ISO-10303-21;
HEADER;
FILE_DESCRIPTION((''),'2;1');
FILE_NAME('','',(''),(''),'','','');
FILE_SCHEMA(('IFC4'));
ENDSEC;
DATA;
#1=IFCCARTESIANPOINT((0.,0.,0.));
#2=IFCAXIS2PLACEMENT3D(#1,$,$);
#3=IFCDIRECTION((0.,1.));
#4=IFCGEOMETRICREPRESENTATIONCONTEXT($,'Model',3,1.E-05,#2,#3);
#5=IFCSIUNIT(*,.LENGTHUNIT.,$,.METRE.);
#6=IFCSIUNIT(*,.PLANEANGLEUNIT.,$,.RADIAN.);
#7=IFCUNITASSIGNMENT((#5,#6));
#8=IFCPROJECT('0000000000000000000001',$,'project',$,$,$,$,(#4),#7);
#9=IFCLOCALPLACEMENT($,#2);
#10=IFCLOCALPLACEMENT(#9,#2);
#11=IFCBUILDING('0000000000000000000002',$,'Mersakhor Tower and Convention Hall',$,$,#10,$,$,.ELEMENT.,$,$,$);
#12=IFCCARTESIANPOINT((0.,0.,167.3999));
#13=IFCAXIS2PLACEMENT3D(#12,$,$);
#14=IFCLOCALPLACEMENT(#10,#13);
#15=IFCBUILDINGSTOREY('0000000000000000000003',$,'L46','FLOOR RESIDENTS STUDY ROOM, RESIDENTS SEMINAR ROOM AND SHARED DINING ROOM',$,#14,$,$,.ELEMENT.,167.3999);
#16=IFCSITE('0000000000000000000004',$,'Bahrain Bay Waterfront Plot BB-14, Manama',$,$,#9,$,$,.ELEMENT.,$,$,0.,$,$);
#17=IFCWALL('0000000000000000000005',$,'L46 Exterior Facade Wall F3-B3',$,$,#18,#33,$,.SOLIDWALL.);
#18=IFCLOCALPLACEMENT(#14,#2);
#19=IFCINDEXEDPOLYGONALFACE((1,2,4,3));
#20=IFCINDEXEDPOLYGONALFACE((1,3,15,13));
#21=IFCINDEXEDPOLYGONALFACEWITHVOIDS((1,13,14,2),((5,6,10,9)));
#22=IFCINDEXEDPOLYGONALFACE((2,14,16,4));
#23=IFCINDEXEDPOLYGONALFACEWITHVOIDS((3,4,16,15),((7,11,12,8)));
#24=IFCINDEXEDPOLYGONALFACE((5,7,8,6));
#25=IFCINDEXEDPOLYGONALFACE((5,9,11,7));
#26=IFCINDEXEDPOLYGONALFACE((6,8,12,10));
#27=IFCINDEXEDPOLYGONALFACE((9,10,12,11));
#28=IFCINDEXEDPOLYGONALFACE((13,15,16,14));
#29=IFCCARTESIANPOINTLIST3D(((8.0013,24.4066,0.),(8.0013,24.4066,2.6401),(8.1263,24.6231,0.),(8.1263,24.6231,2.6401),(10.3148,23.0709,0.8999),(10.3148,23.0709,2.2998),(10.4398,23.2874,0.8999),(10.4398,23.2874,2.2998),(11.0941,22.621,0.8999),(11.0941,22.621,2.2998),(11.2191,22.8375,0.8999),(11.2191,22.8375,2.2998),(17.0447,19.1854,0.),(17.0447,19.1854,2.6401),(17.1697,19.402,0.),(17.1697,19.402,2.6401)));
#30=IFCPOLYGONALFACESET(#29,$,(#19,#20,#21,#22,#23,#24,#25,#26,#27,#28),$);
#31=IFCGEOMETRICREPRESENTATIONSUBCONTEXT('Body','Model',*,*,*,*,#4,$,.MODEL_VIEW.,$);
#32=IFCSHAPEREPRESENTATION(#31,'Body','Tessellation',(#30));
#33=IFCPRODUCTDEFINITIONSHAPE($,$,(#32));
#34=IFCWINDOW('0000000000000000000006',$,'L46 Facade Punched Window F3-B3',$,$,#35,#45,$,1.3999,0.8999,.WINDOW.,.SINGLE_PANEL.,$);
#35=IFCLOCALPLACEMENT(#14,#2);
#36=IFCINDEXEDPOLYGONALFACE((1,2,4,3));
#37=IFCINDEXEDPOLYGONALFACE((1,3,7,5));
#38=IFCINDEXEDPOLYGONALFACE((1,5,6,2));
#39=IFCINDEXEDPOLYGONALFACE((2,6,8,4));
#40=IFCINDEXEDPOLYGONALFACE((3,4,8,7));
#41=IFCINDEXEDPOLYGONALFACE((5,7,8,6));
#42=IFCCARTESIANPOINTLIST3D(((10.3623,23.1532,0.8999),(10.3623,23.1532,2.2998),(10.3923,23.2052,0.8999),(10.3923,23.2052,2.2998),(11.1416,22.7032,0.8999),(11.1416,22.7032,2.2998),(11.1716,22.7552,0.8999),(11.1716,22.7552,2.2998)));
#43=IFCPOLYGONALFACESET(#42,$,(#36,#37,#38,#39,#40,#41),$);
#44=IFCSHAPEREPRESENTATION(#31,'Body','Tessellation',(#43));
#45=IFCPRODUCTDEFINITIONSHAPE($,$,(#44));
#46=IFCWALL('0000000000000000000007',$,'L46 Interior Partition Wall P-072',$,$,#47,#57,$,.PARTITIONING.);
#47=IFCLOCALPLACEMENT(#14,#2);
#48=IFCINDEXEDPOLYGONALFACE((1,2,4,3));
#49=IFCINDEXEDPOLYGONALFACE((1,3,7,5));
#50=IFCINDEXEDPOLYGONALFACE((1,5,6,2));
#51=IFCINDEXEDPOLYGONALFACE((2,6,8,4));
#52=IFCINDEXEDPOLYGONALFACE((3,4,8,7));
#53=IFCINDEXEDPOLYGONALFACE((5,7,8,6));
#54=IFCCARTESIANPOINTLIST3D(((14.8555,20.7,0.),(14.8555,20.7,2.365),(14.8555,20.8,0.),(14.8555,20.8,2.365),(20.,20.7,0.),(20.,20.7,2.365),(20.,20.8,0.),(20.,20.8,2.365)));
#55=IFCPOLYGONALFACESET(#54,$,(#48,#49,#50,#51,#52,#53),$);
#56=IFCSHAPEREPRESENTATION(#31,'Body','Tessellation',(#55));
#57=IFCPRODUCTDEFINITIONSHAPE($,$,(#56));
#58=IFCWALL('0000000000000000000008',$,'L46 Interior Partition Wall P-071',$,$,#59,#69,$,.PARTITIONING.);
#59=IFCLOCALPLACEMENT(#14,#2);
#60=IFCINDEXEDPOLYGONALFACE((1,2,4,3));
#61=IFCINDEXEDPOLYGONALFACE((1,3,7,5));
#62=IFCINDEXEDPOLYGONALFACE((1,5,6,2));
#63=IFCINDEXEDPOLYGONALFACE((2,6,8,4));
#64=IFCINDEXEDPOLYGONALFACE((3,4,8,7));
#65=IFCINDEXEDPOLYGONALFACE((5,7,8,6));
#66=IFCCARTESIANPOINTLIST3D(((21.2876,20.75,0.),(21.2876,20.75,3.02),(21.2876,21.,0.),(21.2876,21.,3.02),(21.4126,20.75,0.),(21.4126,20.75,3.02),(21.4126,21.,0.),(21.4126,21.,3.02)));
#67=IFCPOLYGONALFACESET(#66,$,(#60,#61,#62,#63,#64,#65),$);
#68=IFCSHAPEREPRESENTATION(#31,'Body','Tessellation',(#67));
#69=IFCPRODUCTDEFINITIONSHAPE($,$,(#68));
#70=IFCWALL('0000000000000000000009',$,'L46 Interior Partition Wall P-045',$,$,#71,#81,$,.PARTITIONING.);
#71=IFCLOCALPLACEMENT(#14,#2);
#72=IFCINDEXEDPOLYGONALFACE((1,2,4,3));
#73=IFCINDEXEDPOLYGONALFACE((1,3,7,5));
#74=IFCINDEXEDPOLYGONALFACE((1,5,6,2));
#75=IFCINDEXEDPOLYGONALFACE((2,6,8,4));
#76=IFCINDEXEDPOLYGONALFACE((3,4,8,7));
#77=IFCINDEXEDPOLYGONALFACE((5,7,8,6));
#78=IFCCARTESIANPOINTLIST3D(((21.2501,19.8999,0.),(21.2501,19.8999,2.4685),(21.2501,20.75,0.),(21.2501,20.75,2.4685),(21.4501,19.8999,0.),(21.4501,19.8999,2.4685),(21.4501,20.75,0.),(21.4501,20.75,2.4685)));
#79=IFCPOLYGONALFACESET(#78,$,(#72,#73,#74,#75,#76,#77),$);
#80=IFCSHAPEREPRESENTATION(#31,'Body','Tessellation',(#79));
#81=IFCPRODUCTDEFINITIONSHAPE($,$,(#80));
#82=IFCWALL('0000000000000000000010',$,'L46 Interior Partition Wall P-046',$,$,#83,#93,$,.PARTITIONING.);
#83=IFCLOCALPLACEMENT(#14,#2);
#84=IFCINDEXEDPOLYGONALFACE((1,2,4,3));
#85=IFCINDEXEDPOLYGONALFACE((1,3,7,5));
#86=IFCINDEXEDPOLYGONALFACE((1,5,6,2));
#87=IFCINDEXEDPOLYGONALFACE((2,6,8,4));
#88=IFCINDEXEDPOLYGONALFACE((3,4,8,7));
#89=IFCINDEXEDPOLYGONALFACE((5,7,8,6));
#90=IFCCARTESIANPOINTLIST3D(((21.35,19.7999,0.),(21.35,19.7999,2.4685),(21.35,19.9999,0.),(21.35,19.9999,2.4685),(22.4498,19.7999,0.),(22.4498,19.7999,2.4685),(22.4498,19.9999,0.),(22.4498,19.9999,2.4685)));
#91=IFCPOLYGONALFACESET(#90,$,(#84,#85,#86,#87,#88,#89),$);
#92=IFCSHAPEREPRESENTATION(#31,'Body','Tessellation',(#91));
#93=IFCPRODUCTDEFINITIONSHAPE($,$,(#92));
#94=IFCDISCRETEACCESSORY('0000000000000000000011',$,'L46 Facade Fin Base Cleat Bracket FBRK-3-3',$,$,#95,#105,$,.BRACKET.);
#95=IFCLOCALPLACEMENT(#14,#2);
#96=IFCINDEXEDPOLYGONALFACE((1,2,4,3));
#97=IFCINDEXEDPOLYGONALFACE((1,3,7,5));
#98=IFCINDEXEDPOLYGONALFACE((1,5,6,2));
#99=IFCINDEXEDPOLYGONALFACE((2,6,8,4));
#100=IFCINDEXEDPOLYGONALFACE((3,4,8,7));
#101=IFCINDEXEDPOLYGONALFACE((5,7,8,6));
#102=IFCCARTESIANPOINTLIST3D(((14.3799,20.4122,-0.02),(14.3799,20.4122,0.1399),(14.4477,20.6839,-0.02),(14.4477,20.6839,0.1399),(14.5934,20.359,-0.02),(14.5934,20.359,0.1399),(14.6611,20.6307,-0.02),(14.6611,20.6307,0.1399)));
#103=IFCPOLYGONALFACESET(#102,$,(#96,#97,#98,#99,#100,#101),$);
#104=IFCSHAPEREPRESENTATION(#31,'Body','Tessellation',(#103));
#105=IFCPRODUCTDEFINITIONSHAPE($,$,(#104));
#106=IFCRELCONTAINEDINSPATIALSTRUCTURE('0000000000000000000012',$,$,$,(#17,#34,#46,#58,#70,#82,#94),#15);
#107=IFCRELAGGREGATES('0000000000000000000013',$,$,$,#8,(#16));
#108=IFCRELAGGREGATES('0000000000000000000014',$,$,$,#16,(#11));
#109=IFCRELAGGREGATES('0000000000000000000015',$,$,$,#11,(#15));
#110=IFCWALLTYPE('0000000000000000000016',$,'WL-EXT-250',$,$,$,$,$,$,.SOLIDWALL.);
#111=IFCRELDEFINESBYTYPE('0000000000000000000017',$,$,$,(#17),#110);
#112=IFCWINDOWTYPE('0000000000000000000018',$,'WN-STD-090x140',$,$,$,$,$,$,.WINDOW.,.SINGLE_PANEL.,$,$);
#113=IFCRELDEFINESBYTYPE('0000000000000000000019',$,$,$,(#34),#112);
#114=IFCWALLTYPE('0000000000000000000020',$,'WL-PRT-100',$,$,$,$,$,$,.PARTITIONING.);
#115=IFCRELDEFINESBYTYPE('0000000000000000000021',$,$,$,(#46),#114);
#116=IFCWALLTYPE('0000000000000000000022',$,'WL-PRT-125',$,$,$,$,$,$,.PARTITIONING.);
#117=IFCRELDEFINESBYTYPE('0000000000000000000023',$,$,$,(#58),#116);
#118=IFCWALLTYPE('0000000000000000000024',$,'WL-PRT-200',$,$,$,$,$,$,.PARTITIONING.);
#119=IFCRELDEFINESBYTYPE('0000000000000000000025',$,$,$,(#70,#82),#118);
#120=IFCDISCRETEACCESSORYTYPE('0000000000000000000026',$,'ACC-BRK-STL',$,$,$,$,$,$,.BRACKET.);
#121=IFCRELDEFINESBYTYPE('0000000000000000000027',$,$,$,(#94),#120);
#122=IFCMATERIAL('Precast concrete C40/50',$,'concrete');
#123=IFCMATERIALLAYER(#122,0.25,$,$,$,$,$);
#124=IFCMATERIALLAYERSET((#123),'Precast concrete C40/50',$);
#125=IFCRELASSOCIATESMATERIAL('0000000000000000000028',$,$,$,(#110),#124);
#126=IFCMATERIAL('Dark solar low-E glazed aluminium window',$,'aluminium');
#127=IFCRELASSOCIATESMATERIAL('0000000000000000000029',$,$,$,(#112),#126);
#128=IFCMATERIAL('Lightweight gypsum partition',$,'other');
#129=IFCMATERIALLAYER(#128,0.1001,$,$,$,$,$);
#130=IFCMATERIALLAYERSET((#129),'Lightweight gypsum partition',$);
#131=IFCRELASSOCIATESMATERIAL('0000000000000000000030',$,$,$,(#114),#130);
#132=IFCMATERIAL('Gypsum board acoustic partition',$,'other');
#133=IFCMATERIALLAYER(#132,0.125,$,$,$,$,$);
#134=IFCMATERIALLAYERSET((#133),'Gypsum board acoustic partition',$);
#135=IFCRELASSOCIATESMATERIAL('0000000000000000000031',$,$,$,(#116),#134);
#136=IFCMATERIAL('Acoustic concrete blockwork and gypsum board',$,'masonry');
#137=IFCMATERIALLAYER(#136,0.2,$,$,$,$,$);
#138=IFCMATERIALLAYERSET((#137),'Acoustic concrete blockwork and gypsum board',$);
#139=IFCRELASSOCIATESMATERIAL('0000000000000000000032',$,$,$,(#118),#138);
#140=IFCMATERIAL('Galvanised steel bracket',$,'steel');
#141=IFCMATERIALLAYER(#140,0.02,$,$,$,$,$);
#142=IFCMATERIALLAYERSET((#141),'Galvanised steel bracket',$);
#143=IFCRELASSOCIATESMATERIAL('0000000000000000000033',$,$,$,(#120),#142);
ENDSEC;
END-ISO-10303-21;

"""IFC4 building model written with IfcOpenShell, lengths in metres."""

from ifc_helpers import new_model, si_unit, direction, frame, frame_2d, origin, origin_2d, place, context, subcontext, project, spatial, rectangle, extrude, material, layer, layer_set, type_object, element, fill, save


model = new_model("IFC4")

# Units and contexts
model_context = context("Model", 3, precision=1e-05, world=origin(), true_north=direction((0.0, 1.0)))
body_context = subcontext(model_context, "Body", "Model", "MODEL_VIEW")
ifc_project = project(units=[si_unit("LENGTHUNIT", "METRE"), si_unit("PLANEANGLEUNIT", "RADIAN")], contexts=[model_context])

# Site, building, storey
site_placement = place(None, origin())
site = spatial("IfcSite", under=ifc_project, at=site_placement, Name="Bahrain Bay Waterfront Plot BB-14, Manama", CompositionType="ELEMENT", RefElevation=0.0)
building_placement = place(site_placement, origin())
building = spatial("IfcBuilding", under=site, at=building_placement, Name="Mersakhor Tower and Convention Hall", CompositionType="ELEMENT")
storey_placement = place(building_placement, frame((0.0, 0.0, 167.3999)))
storey = spatial("IfcBuildingStorey", under=building, at=storey_placement, Name="L46", Description="FLOOR RESIDENTS STUDY ROOM, RESIDENTS SEMINAR ROOM AND SHARED DINING ROOM", CompositionType="ELEMENT", Elevation=167.3999)

# Shared definitions
ifc_material_1 = material(Name="Precast concrete C40/50", Category="concrete")
ifc_layer_1 = layer(ifc_material_1, 0.25)
ifc_layer_set_1 = layer_set([ifc_layer_1], Name="Precast concrete C40/50")
wall_type_1 = type_object("IfcWallType", Name="WL-EXT-250", PredefinedType="SOLIDWALL", material=ifc_layer_set_1)

# Wall, opening, window
wall_1_placement = place(storey_placement, frame((17.1072, 19.2937, 0.0), z_axis=(0.0, 0.0, 1.0), x_axis=(-0.866028, 0.499996, 0.0)))
wall_1 = element("IfcWall", 1, at=wall_1_placement, inside=storey, type_object=wall_type_1, Name="L46 Exterior Facade Wall F3-B3", PredefinedType="SOLIDWALL", context=body_context, shape_type="SweptSolid", body=[
    extrude(rectangle(XDim=10.4424, YDim=0.25, at=frame_2d((5.2212, 0.0))), origin(), (0.0, 0.0, 1.0), 2.6401),
])
opening_1_placement = place(wall_1_placement, frame((6.8711, 0.0, 0.8999)))
opening_1 = element("IfcOpeningElement", 2, at=opening_1_placement, cuts=wall_1, PredefinedType="OPENING", context=body_context, shape_type="SweptSolid", body=[
    extrude(rectangle(XDim=0.8999, YDim=1.3999, at=frame_2d((0.45, 0.7))), frame((0.0, 0.135, 0.0), z_axis=(0.0, -1.0, 0.0), x_axis=(1.0, 0.0, 0.0)), (0.0, 0.0, 1.0), 0.27),
])
ifc_material_2 = material(Name="Dark solar low-E glazed aluminium window", Category="aluminium")
window_type = type_object("IfcWindowType", Name="WN-STD-090x140", PartitioningType="SINGLE_PANEL", PredefinedType="WINDOW", material=ifc_material_2)
window_placement = place(opening_1_placement, origin())
window = element("IfcWindow", 3, at=window_placement, inside=storey, type_object=window_type, Name="L46 Facade Punched Window F3-B3", OverallHeight=1.3999, OverallWidth=0.8999, PartitioningType="SINGLE_PANEL", PredefinedType="WINDOW", context=body_context, shape_type="SweptSolid", body=[
    extrude(rectangle(XDim=0.8999, YDim=1.3999, at=frame_2d((0.45, 0.7))), frame((0.0, 0.03, 0.0), z_axis=(0.0, -1.0, 0.0), x_axis=(1.0, 0.0, 0.0)), (0.0, 0.0, 1.0), 0.0601),
])
fill(opening_1, window)

# Walls
ifc_material_3 = material(Name="Lightweight gypsum partition", Category="other")
ifc_layer_2 = layer(ifc_material_3, 0.1001)
ifc_layer_set_2 = layer_set([ifc_layer_2], Name="Lightweight gypsum partition")
wall_type_2 = type_object("IfcWallType", Name="WL-PRT-100", PredefinedType="PARTITIONING", material=ifc_layer_set_2)
wall_2_placement = place(storey_placement, frame((20.0, 20.75, 0.0), z_axis=(0.0, 0.0, 1.0), x_axis=(-1.0, 0.0, 0.0)))
element("IfcWall", 4, at=wall_2_placement, inside=storey, type_object=wall_type_2, Name="L46 Interior Partition Wall P-072", PredefinedType="PARTITIONING", context=body_context, shape_type="SweptSolid", body=[
    extrude(rectangle(XDim=5.1445, YDim=0.1001, at=frame_2d((2.5723, 0.0))), origin(), (0.0, 0.0, 1.0), 2.365),
])
ifc_material_4 = material(Name="Gypsum board acoustic partition", Category="other")
ifc_layer_3 = layer(ifc_material_4, 0.125)
ifc_layer_set_3 = layer_set([ifc_layer_3], Name="Gypsum board acoustic partition")
wall_type_3 = type_object("IfcWallType", Name="WL-PRT-125", PredefinedType="PARTITIONING", material=ifc_layer_set_3)
wall_3_placement = place(storey_placement, frame((21.3501, 21.0, 0.0), z_axis=(0.0, 0.0, 1.0), x_axis=(0.0, -1.0, 0.0)))
element("IfcWall", 5, at=wall_3_placement, inside=storey, type_object=wall_type_3, Name="L46 Interior Partition Wall P-071", PredefinedType="PARTITIONING", context=body_context, shape_type="SweptSolid", body=[
    extrude(rectangle(XDim=0.25, YDim=0.125, at=frame_2d((0.125, 0.0))), origin(), (0.0, 0.0, 1.0), 3.02),
])

# Shared definitions
ifc_material_5 = material(Name="Acoustic concrete blockwork and gypsum board", Category="masonry")
ifc_layer_4 = layer(ifc_material_5, 0.2)
ifc_layer_set_4 = layer_set([ifc_layer_4], Name="Acoustic concrete blockwork and gypsum board")
wall_type_4 = type_object("IfcWallType", Name="WL-PRT-200", PredefinedType="PARTITIONING", material=ifc_layer_set_4)

# Walls
wall_4_placement = place(storey_placement, frame((21.3501, 20.75, 0.0), z_axis=(0.0, 0.0, 1.0), x_axis=(0.0, -1.0, 0.0)))
element("IfcWall", 6, at=wall_4_placement, inside=storey, type_object=wall_type_4, Name="L46 Interior Partition Wall P-045", PredefinedType="PARTITIONING", context=body_context, shape_type="SweptSolid", body=[
    extrude(rectangle(XDim=0.8501, YDim=0.2, at=frame_2d((0.425, 0.0))), origin(), (0.0, 0.0, 1.0), 2.4685),
])
wall_5_placement = place(storey_placement, frame((21.3501, 19.8999, 0.0), z_axis=(0.0, 0.0, 1.0), x_axis=(1.0, 0.0, 0.0)))
element("IfcWall", 7, at=wall_5_placement, inside=storey, type_object=wall_type_4, Name="L46 Interior Partition Wall P-046", PredefinedType="PARTITIONING", context=body_context, shape_type="SweptSolid", body=[
    extrude(rectangle(XDim=1.0999, YDim=0.2, at=frame_2d((0.5498, 0.0))), origin(), (0.0, 0.0, 1.0), 2.4685),
])

# Discrete accessory
ifc_material_6 = material(Name="Galvanised steel bracket", Category="steel")
ifc_layer_5 = layer(ifc_material_6, 0.02)
ifc_layer_set_5 = layer_set([ifc_layer_5], Name="Galvanised steel bracket")
discrete_accessory_type = type_object("IfcDiscreteAccessoryType", Name="ACC-BRK-STL", PredefinedType="BRACKET", material=ifc_layer_set_5)
discrete_accessory_placement = place(storey_placement, frame((14.5205, 20.5215, -0.02), z_axis=(0.0, 0.0, 1.0), x_axis=(-0.241922, -0.970296, 0.0)))
element("IfcDiscreteAccessory", 8, at=discrete_accessory_placement, inside=storey, type_object=discrete_accessory_type, Name="L46 Facade Fin Base Cleat Bracket FBRK-3-3", PredefinedType="BRACKET", context=body_context, shape_type="SweptSolid", body=[
    extrude(rectangle(XDim=0.28, YDim=0.22, at=origin_2d()), origin(), (0.0, 0.0, 1.0), 0.1599),
])

save(model, "model.ifc")
